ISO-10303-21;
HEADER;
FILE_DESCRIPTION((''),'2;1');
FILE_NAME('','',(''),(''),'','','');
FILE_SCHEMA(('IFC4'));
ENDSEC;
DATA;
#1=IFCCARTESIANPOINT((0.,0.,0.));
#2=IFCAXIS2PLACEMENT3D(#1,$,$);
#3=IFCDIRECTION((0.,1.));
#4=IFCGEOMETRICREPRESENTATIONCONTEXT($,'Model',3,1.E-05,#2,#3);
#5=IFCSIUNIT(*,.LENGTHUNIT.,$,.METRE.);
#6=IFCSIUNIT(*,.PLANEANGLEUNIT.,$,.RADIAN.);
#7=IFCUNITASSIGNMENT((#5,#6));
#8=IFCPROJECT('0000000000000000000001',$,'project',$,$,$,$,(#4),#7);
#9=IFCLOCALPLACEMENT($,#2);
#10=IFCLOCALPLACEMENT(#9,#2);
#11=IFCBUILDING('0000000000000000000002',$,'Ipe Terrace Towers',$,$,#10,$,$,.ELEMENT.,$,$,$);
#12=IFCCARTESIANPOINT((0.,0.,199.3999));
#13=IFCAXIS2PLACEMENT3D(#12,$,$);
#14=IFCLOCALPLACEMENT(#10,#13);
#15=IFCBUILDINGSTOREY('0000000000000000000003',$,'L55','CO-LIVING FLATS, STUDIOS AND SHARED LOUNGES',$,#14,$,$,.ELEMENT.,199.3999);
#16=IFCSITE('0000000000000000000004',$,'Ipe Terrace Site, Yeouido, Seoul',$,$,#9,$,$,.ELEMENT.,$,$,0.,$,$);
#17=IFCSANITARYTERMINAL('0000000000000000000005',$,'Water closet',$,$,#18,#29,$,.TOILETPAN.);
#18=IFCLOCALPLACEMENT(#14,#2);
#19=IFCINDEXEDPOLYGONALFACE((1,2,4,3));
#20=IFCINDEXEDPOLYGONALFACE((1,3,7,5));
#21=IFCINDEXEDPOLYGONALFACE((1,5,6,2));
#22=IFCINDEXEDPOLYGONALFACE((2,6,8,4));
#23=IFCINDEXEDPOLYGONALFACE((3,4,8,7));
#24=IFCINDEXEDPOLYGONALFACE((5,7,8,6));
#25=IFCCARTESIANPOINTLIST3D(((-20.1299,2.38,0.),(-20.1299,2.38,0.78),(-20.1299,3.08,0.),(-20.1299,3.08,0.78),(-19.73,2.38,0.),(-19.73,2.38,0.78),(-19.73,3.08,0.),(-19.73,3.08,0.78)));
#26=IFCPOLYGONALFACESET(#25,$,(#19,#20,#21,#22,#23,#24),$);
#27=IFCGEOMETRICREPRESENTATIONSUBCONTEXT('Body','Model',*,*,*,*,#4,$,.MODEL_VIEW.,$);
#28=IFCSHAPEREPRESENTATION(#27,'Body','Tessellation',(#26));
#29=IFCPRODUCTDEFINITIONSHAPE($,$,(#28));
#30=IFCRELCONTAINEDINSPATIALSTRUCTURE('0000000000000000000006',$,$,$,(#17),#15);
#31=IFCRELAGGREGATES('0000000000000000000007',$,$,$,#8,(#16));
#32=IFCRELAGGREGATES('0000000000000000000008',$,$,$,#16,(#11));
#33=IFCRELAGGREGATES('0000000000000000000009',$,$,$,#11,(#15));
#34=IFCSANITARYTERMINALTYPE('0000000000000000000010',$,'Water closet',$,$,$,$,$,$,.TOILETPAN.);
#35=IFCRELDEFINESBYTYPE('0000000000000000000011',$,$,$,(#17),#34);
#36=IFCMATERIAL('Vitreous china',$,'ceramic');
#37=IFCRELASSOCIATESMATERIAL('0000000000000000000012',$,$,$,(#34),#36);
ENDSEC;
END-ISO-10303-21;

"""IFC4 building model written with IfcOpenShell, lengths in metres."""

from ifc_helpers import new_model, si_unit, direction, frame, origin, origin_2d, place, context, subcontext, project, spatial, rectangle, extrude, material, type_object, element, save


model = new_model("IFC4")

# Units and contexts
model_context = context("Model", 3, precision=1e-05, world=origin(), true_north=direction((0.0, 1.0)))
body_context = subcontext(model_context, "Body", "Model", "MODEL_VIEW")
ifc_project = project(units=[si_unit("LENGTHUNIT", "METRE"), si_unit("PLANEANGLEUNIT", "RADIAN")], contexts=[model_context])

# Site, building, storey
site_placement = place(None, origin())
site = spatial("IfcSite", under=ifc_project, at=site_placement, Name="Ipe Terrace Site, Yeouido, Seoul", CompositionType="ELEMENT", RefElevation=0.0)
building_placement = place(site_placement, origin())
building = spatial("IfcBuilding", under=site, at=building_placement, Name="Ipe Terrace Towers", CompositionType="ELEMENT")
storey_placement = place(building_placement, frame((0.0, 0.0, 199.3999)))
storey = spatial("IfcBuildingStorey", under=building, at=storey_placement, Name="L55", Description="CO-LIVING FLATS, STUDIOS AND SHARED LOUNGES", CompositionType="ELEMENT", Elevation=199.3999)

# Sanitary terminal
ifc_material_1 = material(Name="Vitreous china", Category="ceramic")
sanitary_terminal_type_1 = type_object("IfcSanitaryTerminalType", Name="Water closet", PredefinedType="TOILETPAN", material=ifc_material_1)
sanitary_terminal_1_placement = place(storey_placement, frame((-19.9299, 2.73, 0.0), z_axis=(0.0, 0.0, 1.0), x_axis=(0.0, -1.0, 0.0)))
element("IfcSanitaryTerminal", 1, at=sanitary_terminal_1_placement, inside=storey, type_object=sanitary_terminal_type_1, Name="Water closet", PredefinedType="TOILETPAN", context=body_context, shape_type="SweptSolid", body=[
    extrude(rectangle(XDim=0.7, YDim=0.3999, at=origin_2d()), origin(), (0.0, 0.0, 1.0), 0.78),
])

save(model, "model.ifc")
